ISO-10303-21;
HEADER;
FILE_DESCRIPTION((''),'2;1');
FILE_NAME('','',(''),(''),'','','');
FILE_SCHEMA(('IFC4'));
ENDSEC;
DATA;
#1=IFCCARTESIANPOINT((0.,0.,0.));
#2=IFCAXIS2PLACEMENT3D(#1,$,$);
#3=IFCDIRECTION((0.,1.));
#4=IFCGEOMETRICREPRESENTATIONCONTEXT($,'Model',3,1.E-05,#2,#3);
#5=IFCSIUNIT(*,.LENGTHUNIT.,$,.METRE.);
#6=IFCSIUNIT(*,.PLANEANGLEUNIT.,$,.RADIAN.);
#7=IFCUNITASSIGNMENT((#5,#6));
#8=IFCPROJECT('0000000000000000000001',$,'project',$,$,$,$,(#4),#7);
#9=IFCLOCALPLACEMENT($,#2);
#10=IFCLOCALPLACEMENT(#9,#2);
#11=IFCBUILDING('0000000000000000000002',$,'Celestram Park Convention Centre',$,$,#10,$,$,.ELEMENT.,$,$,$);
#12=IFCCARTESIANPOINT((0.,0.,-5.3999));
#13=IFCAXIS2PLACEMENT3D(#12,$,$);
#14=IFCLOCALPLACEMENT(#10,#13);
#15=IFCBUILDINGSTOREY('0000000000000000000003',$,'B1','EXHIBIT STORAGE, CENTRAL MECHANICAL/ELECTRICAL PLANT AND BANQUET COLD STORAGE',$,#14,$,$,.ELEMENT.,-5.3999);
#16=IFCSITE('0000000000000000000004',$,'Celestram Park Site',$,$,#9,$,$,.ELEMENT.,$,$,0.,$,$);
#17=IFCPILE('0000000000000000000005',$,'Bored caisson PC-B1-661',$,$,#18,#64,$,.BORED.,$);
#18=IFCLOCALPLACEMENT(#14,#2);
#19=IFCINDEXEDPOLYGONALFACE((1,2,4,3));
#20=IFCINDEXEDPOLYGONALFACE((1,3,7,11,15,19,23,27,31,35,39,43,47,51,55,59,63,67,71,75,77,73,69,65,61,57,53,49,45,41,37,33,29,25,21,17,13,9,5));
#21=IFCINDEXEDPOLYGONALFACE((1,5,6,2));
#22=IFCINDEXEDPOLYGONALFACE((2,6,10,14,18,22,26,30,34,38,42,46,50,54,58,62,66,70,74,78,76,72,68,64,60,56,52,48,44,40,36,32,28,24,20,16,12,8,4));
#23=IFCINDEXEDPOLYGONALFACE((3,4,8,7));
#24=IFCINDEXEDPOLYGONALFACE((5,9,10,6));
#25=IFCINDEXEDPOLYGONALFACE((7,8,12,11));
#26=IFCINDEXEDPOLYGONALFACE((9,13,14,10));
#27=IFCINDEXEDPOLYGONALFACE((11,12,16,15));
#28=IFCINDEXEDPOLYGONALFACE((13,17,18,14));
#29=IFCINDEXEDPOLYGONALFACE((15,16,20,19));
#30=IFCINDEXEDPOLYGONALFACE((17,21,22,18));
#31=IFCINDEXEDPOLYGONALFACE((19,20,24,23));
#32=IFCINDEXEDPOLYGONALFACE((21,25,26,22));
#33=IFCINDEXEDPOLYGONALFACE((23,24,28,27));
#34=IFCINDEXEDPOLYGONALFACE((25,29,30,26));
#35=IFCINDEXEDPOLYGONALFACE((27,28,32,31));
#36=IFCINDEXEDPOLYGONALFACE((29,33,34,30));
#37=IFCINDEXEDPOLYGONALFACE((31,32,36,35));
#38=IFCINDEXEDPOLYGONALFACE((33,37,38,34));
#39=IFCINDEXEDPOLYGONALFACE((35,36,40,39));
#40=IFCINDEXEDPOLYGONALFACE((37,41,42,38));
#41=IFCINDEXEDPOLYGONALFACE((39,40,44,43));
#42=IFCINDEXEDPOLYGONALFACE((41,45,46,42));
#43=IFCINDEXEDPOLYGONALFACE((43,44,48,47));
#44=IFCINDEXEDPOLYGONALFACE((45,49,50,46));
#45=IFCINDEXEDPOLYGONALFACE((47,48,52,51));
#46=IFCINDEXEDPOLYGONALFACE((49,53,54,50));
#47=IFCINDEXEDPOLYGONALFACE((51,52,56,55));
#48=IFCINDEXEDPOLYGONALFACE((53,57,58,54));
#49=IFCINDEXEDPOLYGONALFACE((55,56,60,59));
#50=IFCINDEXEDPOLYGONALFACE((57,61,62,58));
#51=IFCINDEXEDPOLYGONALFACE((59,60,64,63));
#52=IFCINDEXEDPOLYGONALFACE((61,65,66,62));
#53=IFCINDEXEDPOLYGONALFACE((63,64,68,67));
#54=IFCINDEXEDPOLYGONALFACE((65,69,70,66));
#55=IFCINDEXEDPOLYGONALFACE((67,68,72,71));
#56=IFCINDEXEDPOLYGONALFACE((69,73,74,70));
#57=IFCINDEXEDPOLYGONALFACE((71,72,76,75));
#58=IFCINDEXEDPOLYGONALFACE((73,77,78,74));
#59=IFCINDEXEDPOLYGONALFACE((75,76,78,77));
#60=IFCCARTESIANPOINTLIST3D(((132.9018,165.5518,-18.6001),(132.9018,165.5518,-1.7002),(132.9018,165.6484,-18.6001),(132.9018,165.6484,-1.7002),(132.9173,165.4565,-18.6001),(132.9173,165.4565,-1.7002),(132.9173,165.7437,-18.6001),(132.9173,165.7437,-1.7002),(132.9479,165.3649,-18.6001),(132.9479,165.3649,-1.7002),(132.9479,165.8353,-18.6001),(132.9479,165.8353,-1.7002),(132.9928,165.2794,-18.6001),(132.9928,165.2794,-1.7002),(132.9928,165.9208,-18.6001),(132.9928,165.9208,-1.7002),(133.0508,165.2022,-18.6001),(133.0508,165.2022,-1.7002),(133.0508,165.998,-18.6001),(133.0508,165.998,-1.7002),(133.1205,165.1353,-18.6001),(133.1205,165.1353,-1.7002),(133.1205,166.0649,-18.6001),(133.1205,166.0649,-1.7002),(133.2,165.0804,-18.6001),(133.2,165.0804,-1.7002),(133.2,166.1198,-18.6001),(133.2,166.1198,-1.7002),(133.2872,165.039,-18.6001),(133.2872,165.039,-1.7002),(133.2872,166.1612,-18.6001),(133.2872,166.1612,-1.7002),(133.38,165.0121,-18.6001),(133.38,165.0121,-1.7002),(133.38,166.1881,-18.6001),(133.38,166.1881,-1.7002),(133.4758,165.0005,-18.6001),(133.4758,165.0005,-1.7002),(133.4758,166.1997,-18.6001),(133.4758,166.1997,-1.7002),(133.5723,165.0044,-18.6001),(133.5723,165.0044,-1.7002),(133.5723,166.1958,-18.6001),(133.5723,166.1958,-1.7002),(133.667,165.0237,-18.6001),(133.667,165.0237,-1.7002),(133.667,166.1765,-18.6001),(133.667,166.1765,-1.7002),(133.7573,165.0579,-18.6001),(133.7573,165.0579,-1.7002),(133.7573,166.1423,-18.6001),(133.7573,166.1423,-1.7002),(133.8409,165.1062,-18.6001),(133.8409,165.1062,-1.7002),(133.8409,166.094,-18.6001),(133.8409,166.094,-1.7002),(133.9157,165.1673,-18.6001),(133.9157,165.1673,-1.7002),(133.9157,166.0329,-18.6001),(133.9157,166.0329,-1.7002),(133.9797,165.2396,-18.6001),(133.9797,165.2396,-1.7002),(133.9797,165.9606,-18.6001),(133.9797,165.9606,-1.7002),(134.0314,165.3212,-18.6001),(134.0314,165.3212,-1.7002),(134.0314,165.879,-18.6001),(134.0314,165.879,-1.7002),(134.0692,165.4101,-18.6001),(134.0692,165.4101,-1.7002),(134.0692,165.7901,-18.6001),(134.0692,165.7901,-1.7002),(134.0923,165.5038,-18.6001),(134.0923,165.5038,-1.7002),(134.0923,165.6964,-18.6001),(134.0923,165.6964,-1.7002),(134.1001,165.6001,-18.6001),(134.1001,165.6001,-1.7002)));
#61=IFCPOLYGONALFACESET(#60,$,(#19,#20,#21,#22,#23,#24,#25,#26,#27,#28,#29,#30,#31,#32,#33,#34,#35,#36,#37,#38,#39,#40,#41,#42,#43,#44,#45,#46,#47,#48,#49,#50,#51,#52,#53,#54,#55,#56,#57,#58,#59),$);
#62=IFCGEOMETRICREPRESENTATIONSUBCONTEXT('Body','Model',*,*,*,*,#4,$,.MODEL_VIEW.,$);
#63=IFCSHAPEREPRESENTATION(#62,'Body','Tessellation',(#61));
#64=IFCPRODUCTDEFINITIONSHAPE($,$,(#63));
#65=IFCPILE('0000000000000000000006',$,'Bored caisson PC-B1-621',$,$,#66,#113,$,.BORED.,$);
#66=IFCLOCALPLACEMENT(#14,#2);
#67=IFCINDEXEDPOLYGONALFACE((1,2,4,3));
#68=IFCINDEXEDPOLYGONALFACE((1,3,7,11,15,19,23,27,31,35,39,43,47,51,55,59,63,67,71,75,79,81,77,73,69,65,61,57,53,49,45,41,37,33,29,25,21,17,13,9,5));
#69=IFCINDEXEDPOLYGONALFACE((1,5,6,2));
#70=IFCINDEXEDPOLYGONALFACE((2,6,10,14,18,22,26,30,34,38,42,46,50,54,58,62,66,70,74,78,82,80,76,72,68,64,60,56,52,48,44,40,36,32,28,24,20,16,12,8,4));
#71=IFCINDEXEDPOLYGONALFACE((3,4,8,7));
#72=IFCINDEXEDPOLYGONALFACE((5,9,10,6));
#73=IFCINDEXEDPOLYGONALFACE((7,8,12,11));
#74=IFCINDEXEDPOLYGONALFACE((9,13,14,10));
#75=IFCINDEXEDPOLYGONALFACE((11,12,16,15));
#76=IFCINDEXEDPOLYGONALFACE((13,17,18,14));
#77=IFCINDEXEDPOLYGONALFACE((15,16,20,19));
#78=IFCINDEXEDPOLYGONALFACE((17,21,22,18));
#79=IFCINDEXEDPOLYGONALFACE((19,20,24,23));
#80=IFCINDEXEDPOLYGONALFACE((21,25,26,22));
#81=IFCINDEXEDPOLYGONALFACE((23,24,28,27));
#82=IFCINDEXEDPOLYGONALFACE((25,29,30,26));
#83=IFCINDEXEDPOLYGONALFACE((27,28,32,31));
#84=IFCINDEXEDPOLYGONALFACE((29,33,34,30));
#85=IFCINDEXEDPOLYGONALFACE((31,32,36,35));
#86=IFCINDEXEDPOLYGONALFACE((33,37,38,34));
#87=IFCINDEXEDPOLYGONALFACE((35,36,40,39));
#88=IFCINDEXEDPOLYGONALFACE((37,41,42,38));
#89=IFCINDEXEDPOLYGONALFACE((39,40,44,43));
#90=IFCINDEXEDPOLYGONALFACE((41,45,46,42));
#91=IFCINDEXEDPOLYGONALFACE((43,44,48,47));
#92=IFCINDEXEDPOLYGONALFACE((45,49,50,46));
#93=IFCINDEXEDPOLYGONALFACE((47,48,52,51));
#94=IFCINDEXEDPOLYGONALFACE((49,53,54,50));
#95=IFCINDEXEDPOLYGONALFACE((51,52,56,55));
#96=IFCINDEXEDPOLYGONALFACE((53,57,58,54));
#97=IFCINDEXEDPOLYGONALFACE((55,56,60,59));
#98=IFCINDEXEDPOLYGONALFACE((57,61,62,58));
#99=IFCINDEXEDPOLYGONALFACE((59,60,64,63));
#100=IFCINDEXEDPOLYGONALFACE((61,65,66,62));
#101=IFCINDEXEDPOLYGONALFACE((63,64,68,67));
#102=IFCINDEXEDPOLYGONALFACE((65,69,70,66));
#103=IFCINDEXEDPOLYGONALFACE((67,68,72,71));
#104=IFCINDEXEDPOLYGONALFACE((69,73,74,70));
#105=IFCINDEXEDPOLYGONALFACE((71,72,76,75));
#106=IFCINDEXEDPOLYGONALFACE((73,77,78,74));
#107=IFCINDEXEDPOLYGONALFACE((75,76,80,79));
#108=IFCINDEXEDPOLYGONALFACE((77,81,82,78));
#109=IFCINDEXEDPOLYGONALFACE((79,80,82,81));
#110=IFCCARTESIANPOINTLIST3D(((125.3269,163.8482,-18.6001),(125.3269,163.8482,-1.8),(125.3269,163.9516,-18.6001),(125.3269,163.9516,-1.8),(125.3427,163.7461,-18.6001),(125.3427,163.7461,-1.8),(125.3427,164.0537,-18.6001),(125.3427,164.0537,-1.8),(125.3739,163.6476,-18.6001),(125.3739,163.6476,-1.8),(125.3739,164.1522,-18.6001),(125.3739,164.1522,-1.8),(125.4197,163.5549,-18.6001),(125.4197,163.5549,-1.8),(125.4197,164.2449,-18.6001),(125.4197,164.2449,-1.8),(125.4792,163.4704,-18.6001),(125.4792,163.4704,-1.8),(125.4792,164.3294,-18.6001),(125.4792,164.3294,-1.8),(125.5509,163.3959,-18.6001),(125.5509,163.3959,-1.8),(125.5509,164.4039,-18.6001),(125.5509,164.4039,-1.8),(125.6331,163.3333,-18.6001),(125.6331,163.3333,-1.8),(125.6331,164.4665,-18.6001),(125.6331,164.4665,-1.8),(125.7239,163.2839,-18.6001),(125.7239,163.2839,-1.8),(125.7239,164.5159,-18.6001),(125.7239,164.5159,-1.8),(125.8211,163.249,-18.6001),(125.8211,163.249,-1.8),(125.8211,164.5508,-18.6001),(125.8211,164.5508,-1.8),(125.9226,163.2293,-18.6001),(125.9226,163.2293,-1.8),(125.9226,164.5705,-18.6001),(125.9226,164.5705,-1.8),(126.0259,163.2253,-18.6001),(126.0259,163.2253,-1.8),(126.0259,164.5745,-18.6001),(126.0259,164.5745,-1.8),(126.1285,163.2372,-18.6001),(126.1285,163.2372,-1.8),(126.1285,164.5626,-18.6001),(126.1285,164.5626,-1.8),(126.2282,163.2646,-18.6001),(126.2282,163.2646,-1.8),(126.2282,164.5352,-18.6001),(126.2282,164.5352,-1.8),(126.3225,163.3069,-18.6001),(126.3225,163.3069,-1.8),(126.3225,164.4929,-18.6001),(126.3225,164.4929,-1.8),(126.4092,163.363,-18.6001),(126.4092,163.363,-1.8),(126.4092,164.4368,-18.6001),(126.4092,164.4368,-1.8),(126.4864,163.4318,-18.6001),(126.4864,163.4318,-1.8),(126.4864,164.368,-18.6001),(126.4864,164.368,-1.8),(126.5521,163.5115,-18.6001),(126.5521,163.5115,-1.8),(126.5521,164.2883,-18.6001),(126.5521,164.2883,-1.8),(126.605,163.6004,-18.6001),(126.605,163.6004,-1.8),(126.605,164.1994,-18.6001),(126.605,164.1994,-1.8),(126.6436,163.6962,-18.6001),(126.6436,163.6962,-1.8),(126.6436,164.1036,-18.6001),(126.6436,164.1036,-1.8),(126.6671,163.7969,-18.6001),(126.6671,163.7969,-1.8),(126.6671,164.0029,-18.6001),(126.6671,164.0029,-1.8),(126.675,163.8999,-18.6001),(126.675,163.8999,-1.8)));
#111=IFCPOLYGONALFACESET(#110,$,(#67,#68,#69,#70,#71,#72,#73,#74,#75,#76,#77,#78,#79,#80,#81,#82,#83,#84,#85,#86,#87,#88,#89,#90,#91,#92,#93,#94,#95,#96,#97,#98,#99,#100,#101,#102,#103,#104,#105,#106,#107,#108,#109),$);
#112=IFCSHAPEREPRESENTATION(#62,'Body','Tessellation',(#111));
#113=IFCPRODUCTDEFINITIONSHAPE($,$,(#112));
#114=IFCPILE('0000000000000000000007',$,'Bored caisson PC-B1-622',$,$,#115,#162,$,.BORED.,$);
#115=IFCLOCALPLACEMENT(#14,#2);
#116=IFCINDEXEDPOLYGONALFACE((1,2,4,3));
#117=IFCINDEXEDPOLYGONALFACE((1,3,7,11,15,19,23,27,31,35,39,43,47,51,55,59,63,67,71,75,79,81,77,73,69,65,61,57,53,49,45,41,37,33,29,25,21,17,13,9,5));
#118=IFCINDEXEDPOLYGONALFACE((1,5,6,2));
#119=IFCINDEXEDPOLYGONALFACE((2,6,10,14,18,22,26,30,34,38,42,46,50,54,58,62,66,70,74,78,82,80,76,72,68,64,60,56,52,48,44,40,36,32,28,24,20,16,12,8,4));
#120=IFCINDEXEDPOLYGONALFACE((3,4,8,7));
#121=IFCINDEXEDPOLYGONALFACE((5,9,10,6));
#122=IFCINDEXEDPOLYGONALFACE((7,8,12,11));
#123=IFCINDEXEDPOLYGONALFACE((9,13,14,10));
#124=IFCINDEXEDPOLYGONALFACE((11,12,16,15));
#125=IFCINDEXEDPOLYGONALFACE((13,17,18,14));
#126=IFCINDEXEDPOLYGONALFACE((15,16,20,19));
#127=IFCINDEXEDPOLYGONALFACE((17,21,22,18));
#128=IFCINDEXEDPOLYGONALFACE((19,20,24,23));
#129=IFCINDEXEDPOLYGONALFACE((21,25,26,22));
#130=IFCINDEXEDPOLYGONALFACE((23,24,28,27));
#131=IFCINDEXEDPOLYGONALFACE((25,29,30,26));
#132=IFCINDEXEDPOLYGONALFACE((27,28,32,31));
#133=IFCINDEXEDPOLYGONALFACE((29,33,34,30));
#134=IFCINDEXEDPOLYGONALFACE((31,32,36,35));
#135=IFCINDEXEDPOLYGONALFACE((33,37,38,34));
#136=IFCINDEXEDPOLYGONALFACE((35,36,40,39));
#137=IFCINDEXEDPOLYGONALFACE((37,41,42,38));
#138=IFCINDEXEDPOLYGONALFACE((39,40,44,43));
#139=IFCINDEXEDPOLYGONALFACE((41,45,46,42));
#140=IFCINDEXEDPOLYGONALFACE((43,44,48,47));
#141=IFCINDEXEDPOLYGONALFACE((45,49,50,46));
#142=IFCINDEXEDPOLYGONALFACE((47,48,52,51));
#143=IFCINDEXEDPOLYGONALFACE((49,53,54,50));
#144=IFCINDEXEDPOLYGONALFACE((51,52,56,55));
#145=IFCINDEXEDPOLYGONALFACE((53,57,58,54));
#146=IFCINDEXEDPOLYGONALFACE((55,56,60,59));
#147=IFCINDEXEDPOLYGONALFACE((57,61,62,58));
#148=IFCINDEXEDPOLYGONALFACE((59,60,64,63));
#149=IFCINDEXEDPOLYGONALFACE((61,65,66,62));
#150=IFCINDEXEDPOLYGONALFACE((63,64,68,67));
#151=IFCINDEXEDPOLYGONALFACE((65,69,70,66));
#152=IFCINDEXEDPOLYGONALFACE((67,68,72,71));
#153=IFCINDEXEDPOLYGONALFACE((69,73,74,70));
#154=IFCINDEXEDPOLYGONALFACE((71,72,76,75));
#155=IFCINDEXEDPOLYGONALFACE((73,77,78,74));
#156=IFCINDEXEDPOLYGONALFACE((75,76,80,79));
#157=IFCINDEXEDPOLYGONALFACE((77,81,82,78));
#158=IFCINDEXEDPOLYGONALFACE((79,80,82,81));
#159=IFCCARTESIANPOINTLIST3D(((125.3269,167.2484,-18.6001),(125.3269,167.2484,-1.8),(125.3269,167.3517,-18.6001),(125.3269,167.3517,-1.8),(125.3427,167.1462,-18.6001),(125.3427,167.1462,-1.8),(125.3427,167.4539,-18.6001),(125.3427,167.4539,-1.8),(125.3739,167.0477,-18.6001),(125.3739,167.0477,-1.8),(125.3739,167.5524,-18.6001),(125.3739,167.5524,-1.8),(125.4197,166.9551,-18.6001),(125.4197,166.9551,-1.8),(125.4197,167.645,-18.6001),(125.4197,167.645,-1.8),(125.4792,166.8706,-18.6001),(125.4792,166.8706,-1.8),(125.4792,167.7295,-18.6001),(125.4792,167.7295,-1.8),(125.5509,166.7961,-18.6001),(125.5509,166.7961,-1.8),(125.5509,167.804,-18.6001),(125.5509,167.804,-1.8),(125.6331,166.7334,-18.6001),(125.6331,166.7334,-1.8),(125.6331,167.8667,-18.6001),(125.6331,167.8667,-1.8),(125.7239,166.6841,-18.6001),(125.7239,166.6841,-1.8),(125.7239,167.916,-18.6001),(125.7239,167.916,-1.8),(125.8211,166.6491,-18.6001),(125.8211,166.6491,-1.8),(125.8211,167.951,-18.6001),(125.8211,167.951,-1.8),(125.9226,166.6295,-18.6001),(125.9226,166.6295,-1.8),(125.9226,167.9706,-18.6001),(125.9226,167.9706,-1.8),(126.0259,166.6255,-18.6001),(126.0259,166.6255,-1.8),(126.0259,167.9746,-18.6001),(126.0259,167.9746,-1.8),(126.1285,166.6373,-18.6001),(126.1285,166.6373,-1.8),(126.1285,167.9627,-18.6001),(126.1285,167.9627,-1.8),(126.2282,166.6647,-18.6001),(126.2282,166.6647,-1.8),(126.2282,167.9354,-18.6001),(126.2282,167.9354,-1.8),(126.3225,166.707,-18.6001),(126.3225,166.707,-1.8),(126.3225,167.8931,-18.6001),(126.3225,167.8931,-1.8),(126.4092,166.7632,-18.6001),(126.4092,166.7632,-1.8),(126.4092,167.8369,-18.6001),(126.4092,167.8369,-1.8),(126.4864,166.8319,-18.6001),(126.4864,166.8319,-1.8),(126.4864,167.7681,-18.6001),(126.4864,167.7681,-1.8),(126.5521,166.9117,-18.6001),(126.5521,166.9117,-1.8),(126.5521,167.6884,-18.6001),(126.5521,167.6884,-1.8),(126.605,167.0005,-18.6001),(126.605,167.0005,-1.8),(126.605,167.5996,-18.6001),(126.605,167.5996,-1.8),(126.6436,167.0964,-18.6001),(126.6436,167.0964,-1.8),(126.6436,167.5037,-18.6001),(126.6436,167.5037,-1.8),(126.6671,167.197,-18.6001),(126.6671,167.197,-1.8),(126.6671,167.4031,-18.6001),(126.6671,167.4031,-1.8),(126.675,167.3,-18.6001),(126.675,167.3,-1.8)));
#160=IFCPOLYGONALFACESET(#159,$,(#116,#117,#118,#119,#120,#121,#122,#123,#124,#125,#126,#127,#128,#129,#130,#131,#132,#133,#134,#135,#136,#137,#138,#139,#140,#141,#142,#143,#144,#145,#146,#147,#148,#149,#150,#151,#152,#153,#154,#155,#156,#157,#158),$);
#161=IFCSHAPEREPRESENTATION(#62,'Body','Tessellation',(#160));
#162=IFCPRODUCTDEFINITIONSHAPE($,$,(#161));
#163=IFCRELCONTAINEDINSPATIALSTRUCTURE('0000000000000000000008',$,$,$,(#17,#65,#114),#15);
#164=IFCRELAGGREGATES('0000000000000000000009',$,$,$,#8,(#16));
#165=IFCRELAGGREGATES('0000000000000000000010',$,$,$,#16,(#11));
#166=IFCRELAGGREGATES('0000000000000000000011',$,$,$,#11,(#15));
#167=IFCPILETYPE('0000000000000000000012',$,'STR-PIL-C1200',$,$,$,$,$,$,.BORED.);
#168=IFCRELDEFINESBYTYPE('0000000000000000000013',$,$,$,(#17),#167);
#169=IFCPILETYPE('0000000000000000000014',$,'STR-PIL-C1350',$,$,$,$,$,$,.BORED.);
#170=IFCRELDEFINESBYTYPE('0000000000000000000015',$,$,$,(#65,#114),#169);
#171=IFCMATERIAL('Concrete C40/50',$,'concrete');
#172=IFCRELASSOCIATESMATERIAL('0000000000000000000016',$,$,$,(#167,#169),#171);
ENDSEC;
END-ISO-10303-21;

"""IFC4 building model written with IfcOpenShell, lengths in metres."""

from ifc_helpers import new_model, si_unit, direction, frame, origin, origin_2d, place, context, subcontext, project, spatial, circle, extrude, material, material_profile, profile_set, type_object, element, save


model = new_model("IFC4")

# Units and contexts
model_context = context("Model", 3, precision=1e-05, world=origin(), true_north=direction((0.0, 1.0)))
body_context = subcontext(model_context, "Body", "Model", "MODEL_VIEW")
ifc_project = project(units=[si_unit("LENGTHUNIT", "METRE"), si_unit("PLANEANGLEUNIT", "RADIAN")], contexts=[model_context])

# Site, building, storey
site_placement = place(None, origin())
site = spatial("IfcSite", under=ifc_project, at=site_placement, Name="Celestram Park Site", CompositionType="ELEMENT", RefElevation=0.0)
building_placement = place(site_placement, origin())
building = spatial("IfcBuilding", under=site, at=building_placement, Name="Celestram Park Convention Centre", CompositionType="ELEMENT")
storey_placement = place(building_placement, frame((0.0, 0.0, -5.3999)))
storey = spatial("IfcBuildingStorey", under=building, at=storey_placement, Name="B1", Description="EXHIBIT STORAGE, CENTRAL MECHANICAL/ELECTRICAL PLANT AND BANQUET COLD STORAGE", CompositionType="ELEMENT", Elevation=-5.3999)

# Shared definitions
ifc_material_1 = material(Name="Concrete C40/50", Category="concrete")

# Piles
ifc_material_profile_1 = material_profile(ifc_material_1, circle(Radius=0.6001, at=origin_2d()), Name="CAISSON1200")
ifc_profile_set_1 = profile_set([ifc_material_profile_1], Name="Concrete C40/50")
pile_type_1 = type_object("IfcPileType", Name="STR-PIL-C1200", PredefinedType="BORED", material=ifc_profile_set_1)
for number, where, z_axis, x_axis, name in (
    (1, (133.5, 165.6001, -1.7002), (0.0, 0.0, -1.0), (1.0, 0.0, 0.0), "Bored caisson PC-B1-661"),
):
    element("IfcPile", number, at=place(storey_placement, frame(where, z_axis=z_axis, x_axis=x_axis)), inside=storey, type_object=pile_type_1, Name=name, PredefinedType="BORED", context=body_context, shape_type="SweptSolid", body=[
        extrude(circle(Radius=0.6001, at=origin_2d()), origin(), (0.0, 0.0, 1.0), 16.8999),
    ])
ifc_material_profile_2 = material_profile(ifc_material_1, circle(Radius=0.675, at=origin_2d()), Name="CAISSON1350")
ifc_profile_set_2 = profile_set([ifc_material_profile_2], Name="Concrete C40/50")
pile_type_2 = type_object("IfcPileType", Name="STR-PIL-C1350", PredefinedType="BORED", material=ifc_profile_set_2)
for number, where, z_axis, x_axis, name in (
    (2, (126.0, 163.8999, -1.8), (0.0, 0.0, -1.0), (1.0, 0.0, 0.0), "Bored caisson PC-B1-621"),
    (3, (126.0, 167.3, -1.8), (0.0, 0.0, -1.0), (1.0, 0.0, 0.0), "Bored caisson PC-B1-622"),
):
    element("IfcPile", number, at=place(storey_placement, frame(where, z_axis=z_axis, x_axis=x_axis)), inside=storey, type_object=pile_type_2, Name=name, PredefinedType="BORED", context=body_context, shape_type="SweptSolid", body=[
        extrude(circle(Radius=0.675, at=origin_2d()), origin(), (0.0, 0.0, 1.0), 16.8),
    ])

save(model, "model.ifc")
